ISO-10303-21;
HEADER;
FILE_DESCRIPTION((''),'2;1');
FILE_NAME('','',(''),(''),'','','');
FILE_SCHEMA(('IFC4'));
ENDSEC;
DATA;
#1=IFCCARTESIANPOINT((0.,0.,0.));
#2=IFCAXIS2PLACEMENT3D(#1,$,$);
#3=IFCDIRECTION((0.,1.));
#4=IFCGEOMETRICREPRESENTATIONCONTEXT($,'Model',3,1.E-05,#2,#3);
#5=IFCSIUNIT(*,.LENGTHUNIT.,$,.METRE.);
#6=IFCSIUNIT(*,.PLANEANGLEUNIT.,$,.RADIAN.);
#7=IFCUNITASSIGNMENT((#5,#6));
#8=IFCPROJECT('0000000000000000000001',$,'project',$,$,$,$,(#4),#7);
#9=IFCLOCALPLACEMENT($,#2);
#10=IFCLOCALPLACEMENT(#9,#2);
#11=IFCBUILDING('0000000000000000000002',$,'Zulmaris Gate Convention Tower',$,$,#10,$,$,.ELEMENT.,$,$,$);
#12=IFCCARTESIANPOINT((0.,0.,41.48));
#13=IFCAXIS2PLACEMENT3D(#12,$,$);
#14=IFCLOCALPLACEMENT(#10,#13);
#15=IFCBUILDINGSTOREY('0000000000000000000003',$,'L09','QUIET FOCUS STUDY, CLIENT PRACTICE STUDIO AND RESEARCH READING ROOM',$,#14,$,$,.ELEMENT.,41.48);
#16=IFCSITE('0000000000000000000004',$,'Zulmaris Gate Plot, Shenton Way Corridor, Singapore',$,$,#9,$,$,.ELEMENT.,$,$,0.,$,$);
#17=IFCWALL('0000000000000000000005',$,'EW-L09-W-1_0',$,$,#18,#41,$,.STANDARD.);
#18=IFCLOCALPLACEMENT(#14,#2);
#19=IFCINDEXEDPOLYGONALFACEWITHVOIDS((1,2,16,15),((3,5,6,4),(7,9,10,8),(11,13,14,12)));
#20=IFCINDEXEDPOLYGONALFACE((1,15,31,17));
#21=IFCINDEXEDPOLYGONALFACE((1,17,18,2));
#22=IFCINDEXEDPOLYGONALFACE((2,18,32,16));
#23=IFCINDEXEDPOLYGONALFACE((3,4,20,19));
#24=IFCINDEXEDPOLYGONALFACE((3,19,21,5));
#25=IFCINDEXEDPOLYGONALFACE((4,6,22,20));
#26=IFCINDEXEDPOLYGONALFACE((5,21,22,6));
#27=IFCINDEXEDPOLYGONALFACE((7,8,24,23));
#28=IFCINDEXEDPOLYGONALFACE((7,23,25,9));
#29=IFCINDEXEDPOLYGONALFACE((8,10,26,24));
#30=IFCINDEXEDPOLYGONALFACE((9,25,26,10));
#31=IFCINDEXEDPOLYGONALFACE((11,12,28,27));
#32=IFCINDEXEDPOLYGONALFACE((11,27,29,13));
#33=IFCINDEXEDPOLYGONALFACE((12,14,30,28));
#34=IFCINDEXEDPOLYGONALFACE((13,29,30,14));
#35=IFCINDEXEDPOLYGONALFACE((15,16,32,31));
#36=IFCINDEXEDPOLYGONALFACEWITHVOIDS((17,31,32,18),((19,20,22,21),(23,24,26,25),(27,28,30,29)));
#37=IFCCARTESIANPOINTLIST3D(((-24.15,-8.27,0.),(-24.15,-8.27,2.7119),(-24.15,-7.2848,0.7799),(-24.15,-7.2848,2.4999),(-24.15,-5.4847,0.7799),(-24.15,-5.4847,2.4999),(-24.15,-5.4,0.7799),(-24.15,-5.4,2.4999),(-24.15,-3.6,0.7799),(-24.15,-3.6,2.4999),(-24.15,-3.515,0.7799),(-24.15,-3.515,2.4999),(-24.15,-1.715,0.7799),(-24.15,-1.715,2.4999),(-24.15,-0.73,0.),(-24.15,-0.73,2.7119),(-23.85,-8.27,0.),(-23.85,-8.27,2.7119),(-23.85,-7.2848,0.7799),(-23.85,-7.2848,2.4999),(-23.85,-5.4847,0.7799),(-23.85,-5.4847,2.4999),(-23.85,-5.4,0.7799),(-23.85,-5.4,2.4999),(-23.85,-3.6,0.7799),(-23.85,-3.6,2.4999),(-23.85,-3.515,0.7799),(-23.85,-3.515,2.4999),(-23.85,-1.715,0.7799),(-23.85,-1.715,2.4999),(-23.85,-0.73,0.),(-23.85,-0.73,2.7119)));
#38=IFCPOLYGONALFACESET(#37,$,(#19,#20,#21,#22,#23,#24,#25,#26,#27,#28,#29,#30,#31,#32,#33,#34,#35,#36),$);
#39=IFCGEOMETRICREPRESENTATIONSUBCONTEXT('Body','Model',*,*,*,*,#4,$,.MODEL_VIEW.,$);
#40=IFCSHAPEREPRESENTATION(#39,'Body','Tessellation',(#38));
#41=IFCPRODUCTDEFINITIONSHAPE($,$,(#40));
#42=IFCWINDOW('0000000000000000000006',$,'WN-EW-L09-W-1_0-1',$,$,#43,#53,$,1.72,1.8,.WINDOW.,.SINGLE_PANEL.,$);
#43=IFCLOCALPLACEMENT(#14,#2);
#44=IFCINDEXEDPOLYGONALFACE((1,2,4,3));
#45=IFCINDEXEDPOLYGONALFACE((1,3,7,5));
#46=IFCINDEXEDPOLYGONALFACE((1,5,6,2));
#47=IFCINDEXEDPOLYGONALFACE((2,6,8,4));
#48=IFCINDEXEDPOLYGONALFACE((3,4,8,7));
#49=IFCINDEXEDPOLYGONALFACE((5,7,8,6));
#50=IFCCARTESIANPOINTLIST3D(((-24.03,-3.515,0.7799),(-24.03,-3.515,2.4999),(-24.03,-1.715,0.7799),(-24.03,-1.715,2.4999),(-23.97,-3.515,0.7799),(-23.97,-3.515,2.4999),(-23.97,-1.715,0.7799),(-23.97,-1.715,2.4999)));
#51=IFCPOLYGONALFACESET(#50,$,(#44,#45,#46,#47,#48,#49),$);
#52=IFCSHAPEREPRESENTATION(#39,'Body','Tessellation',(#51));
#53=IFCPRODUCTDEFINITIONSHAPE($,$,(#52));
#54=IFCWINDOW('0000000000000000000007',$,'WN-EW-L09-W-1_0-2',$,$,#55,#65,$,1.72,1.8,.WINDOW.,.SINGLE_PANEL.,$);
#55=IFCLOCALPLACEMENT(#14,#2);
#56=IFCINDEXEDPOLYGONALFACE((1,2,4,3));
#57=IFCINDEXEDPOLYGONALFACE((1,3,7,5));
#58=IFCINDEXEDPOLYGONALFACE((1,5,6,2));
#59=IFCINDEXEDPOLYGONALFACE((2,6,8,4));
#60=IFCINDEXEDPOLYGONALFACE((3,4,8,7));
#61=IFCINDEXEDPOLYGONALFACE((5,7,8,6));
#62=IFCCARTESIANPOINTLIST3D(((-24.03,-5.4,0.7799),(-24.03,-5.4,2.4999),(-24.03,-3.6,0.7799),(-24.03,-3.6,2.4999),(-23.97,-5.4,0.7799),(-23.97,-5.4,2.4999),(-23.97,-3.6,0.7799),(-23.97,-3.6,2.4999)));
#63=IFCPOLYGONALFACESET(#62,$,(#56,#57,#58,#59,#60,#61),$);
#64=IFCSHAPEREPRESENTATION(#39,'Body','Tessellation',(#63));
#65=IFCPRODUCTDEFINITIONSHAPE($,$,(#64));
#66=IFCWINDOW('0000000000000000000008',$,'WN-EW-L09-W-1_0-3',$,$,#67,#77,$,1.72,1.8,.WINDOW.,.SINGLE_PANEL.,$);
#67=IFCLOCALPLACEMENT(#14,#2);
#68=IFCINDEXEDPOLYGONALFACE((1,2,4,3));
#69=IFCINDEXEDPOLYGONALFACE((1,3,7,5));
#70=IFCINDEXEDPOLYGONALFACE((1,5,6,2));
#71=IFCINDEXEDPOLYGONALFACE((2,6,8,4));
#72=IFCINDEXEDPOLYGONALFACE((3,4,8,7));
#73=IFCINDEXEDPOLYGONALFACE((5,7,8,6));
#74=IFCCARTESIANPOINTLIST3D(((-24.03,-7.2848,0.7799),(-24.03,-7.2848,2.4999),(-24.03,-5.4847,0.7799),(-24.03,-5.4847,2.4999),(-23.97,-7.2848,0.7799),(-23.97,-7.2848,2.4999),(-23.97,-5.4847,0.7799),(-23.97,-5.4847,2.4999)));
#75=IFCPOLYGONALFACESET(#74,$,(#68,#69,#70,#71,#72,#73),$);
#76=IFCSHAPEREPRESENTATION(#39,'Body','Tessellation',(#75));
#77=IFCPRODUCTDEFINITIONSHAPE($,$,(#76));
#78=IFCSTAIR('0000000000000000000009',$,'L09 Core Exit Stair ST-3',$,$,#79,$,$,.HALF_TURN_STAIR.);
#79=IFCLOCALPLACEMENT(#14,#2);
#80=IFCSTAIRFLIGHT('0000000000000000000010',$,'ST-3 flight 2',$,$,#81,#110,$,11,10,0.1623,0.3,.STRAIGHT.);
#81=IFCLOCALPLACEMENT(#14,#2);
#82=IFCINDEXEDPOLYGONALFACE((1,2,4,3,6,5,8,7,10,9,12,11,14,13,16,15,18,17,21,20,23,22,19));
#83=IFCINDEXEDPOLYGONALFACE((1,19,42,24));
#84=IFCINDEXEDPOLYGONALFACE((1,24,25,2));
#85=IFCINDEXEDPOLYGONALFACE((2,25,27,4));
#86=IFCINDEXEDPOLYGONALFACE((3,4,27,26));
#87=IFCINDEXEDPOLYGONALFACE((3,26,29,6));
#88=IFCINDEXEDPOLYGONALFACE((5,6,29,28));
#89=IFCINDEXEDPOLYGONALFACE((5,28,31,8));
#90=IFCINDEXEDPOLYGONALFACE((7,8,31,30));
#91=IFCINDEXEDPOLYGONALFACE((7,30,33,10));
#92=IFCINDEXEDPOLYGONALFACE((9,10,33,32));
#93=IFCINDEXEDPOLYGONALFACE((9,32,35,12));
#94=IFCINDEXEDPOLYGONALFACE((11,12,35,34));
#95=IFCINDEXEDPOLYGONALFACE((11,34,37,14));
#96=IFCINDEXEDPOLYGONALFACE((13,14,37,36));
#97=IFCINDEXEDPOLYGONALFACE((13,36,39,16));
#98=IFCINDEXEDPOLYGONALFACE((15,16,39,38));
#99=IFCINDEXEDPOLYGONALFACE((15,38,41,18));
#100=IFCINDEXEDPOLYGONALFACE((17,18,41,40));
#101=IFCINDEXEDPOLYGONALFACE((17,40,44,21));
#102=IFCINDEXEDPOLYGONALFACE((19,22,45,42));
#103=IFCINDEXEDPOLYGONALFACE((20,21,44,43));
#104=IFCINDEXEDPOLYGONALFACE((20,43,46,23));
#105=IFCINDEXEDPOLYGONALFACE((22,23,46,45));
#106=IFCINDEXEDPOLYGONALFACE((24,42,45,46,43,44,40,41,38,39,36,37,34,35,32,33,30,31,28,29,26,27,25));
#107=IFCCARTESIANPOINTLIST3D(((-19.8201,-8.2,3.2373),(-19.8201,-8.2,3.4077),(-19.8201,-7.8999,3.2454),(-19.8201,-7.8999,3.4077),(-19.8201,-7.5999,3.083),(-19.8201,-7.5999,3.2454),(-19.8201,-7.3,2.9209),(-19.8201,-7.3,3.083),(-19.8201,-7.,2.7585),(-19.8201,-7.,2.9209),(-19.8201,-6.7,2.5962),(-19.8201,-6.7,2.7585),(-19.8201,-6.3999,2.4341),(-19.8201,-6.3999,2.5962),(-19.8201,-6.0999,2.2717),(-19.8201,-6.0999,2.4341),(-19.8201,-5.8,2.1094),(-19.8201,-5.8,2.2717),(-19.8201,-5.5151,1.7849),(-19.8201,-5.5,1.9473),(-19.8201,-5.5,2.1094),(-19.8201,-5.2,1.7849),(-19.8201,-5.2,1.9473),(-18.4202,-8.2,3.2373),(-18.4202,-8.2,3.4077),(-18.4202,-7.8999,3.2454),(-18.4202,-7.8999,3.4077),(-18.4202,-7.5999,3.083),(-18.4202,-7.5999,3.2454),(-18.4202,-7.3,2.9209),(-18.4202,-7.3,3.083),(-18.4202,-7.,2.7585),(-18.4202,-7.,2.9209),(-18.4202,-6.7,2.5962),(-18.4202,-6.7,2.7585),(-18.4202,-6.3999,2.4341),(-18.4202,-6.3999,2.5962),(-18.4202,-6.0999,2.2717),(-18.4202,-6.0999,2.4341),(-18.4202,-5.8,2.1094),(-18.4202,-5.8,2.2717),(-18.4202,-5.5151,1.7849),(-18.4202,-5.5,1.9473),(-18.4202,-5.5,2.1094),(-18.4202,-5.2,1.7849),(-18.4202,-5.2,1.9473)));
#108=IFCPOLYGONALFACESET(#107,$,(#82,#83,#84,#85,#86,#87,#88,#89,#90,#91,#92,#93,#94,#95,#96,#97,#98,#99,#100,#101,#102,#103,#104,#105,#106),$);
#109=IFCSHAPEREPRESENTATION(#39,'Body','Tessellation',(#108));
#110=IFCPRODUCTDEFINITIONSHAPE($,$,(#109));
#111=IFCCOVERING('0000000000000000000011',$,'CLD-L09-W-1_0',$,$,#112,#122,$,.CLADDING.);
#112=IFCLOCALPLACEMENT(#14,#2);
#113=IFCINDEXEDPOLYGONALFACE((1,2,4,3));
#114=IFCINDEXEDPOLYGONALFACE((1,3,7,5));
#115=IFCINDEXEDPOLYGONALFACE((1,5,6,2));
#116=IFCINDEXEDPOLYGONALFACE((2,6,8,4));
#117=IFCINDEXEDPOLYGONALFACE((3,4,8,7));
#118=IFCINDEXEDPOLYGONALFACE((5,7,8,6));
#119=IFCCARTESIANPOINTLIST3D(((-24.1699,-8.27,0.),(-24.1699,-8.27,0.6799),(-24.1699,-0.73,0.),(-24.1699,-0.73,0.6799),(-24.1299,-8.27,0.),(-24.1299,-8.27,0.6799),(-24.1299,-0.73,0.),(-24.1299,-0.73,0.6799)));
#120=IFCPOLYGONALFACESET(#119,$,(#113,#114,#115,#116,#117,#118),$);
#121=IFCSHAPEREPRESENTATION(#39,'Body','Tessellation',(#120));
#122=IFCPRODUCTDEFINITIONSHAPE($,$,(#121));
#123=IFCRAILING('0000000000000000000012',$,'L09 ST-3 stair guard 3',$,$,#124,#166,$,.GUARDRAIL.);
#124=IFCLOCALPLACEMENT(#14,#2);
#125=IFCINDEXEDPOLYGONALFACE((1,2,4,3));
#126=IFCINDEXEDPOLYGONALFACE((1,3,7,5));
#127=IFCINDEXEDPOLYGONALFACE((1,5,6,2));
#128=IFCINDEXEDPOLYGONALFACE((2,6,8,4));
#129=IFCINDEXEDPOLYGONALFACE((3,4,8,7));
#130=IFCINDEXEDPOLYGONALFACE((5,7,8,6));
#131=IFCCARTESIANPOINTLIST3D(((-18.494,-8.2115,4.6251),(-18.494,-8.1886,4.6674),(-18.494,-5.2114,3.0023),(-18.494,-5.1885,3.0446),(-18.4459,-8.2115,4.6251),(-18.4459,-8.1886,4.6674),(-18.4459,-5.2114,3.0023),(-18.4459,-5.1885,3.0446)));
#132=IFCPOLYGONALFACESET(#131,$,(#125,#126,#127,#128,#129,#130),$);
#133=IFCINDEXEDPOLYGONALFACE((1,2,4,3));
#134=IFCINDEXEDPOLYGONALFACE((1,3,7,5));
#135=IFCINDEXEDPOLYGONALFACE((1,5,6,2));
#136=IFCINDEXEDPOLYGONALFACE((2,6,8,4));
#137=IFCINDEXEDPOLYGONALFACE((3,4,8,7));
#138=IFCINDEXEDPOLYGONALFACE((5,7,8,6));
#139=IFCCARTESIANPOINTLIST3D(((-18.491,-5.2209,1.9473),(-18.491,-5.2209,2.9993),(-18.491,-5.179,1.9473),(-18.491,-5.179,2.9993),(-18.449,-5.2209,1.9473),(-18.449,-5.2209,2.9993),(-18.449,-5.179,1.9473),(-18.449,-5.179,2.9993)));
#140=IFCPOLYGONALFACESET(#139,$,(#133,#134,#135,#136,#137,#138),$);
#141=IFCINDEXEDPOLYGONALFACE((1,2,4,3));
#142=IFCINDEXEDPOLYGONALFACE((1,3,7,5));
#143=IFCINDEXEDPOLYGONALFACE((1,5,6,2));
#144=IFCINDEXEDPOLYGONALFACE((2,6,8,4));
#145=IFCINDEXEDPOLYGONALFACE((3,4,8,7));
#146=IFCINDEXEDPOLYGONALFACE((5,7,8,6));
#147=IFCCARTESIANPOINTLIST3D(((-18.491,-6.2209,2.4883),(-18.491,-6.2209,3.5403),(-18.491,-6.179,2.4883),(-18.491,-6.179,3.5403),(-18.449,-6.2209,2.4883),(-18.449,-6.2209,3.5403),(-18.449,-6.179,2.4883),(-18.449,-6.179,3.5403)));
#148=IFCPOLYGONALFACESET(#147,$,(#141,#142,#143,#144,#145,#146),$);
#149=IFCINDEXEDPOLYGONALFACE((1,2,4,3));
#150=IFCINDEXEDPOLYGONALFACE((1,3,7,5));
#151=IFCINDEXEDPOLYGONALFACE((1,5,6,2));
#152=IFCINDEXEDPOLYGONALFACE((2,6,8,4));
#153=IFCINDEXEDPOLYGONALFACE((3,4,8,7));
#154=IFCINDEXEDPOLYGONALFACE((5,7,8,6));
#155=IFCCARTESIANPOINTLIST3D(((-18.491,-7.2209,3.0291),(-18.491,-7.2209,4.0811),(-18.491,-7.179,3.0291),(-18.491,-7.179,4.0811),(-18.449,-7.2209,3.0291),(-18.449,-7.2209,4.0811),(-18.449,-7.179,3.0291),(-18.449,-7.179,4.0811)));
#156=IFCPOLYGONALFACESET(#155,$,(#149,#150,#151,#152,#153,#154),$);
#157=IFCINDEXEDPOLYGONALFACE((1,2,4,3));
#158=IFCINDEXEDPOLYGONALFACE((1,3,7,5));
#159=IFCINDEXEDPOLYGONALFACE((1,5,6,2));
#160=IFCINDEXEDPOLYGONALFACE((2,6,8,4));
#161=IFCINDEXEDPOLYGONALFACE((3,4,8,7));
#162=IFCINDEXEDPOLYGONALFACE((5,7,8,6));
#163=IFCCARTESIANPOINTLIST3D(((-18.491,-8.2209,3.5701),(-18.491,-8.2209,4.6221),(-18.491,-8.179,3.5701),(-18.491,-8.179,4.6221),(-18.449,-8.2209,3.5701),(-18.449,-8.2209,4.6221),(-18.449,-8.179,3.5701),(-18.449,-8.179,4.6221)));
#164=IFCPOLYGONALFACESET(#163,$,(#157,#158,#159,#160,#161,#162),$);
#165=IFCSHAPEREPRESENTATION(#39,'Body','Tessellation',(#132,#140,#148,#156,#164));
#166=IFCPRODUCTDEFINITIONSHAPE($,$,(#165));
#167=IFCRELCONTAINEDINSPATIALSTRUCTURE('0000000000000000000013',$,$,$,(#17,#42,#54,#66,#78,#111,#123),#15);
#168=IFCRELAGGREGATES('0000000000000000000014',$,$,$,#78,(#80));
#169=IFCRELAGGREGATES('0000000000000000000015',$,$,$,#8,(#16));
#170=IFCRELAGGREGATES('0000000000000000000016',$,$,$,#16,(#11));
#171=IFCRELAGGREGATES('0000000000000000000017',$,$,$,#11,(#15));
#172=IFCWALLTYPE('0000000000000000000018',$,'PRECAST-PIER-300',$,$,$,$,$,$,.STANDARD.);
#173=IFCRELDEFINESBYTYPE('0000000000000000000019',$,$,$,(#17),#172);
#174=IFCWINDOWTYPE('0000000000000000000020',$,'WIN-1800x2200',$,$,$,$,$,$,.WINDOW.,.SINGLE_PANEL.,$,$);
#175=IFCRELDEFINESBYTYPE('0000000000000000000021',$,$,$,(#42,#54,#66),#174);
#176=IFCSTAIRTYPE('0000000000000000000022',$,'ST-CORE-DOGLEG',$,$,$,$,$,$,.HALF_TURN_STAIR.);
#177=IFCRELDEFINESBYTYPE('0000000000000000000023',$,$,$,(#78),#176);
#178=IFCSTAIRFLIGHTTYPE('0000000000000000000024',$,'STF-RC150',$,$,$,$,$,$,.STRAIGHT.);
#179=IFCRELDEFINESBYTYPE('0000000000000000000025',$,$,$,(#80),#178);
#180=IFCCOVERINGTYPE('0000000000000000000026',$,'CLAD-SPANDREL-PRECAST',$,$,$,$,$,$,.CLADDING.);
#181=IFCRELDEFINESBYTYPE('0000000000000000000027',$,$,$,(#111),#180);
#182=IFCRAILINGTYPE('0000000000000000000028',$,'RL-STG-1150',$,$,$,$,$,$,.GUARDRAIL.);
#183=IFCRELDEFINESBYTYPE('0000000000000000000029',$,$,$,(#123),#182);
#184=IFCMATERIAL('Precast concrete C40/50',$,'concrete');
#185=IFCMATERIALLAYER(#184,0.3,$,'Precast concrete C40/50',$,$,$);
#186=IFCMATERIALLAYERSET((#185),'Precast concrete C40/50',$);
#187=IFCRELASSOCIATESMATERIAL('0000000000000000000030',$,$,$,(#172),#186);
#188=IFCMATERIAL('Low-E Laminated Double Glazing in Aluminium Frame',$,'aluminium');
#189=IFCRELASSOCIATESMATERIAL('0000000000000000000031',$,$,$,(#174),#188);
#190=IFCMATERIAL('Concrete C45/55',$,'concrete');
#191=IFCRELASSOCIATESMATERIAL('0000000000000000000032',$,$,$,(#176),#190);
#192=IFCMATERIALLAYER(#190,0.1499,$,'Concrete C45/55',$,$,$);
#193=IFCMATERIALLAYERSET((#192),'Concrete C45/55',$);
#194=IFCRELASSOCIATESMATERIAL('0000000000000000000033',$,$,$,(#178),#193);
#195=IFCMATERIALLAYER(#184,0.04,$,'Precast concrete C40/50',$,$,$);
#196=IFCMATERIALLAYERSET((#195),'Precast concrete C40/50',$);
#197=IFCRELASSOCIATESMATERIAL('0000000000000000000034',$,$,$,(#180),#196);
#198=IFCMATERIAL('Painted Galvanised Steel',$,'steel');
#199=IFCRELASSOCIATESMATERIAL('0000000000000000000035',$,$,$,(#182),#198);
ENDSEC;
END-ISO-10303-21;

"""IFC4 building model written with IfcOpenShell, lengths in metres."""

from ifc_helpers import new_model, si_unit, direction, frame, frame_2d, origin, origin_2d, place, context, subcontext, project, spatial, polyline, rectangle, outline, extrude, material, layer, layer_set, type_object, element, fill, aggregate, save


model = new_model("IFC4")

# Units and contexts
model_context = context("Model", 3, precision=1e-05, world=origin(), true_north=direction((0.0, 1.0)))
body_context = subcontext(model_context, "Body", "Model", "MODEL_VIEW")
ifc_project = project(units=[si_unit("LENGTHUNIT", "METRE"), si_unit("PLANEANGLEUNIT", "RADIAN")], contexts=[model_context])

# Site, building, storey
site_placement = place(None, origin())
site = spatial("IfcSite", under=ifc_project, at=site_placement, Name="Zulmaris Gate Plot, Shenton Way Corridor, Singapore", CompositionType="ELEMENT", RefElevation=0.0)
building_placement = place(site_placement, origin())
building = spatial("IfcBuilding", under=site, at=building_placement, Name="Zulmaris Gate Convention Tower", CompositionType="ELEMENT")
storey_placement = place(building_placement, frame((0.0, 0.0, 41.48)))
storey = spatial("IfcBuildingStorey", under=building, at=storey_placement, Name="L09", Description="QUIET FOCUS STUDY, CLIENT PRACTICE STUDIO AND RESEARCH READING ROOM", CompositionType="ELEMENT", Elevation=41.48)

# Shared definitions
ifc_material_1 = material(Name="Precast concrete C40/50", Category="concrete")
ifc_layer_1 = layer(ifc_material_1, 0.3, Name="Precast concrete C40/50")
ifc_layer_set_1 = layer_set([ifc_layer_1], Name="Precast concrete C40/50")
wall_type_1 = type_object("IfcWallType", Name="PRECAST-PIER-300", PredefinedType="STANDARD", material=ifc_layer_set_1)

# Wall, openings, windows
wall_1_placement = place(storey_placement, frame((-24.0, -0.73, 0.0), z_axis=(0.0, 0.0, 1.0), x_axis=(0.0, -1.0, 0.0)))
wall_1 = element("IfcWall", 1, at=wall_1_placement, inside=storey, type_object=wall_type_1, Name="EW-L09-W-1_0", PredefinedType="STANDARD", context=body_context, shape_type="SweptSolid", body=[
    extrude(rectangle(XDim=7.54, YDim=0.3, at=frame_2d((3.77, 0.0))), origin(), (0.0, 0.0, 1.0), 2.7119),
])
opening_1_placement = place(wall_1_placement, frame((0.9851, 0.0, 0.78)))
opening_1 = element("IfcOpeningElement", 2, at=opening_1_placement, cuts=wall_1, PredefinedType="OPENING", context=body_context, shape_type="SweptSolid", body=[
    extrude(rectangle(XDim=1.8, YDim=1.72, at=frame_2d((0.8999, 0.8599))), frame((0.0, 0.1602, 0.0), z_axis=(0.0, -1.0, 0.0), x_axis=(1.0, 0.0, 0.0)), (0.0, 0.0, 1.0), 0.3201),
])
opening_2_placement = place(wall_1_placement, frame((2.8701, 0.0, 0.78)))
opening_2 = element("IfcOpeningElement", 3, at=opening_2_placement, cuts=wall_1, PredefinedType="OPENING", context=body_context, shape_type="SweptSolid", body=[
    extrude(rectangle(XDim=1.8, YDim=1.72, at=frame_2d((0.8999, 0.8599))), frame((0.0, 0.1602, 0.0), z_axis=(0.0, -1.0, 0.0), x_axis=(1.0, 0.0, 0.0)), (0.0, 0.0, 1.0), 0.3201),
])
opening_3_placement = place(wall_1_placement, frame((4.7549, 0.0, 0.78)))
opening_3 = element("IfcOpeningElement", 4, at=opening_3_placement, cuts=wall_1, PredefinedType="OPENING", context=body_context, shape_type="SweptSolid", body=[
    extrude(rectangle(XDim=1.8, YDim=1.72, at=frame_2d((0.8999, 0.8599))), frame((0.0, 0.1602, 0.0), z_axis=(0.0, -1.0, 0.0), x_axis=(1.0, 0.0, 0.0)), (0.0, 0.0, 1.0), 0.3201),
])
ifc_material_2 = material(Name="Low-E Laminated Double Glazing in Aluminium Frame", Category="aluminium")
window_type = type_object("IfcWindowType", Name="WIN-1800x2200", PartitioningType="SINGLE_PANEL", PredefinedType="WINDOW", material=ifc_material_2)
window_1_placement = place(opening_1_placement, origin())
window_1 = element("IfcWindow", 5, at=window_1_placement, inside=storey, type_object=window_type, Name="WN-EW-L09-W-1_0-1", OverallHeight=1.72, OverallWidth=1.8, PartitioningType="SINGLE_PANEL", PredefinedType="WINDOW", context=body_context, shape_type="SweptSolid", body=[
    extrude(rectangle(XDim=1.8, YDim=1.72, at=frame_2d((0.8999, 0.8599))), frame((0.0, 0.03, 0.0), z_axis=(0.0, -1.0, 0.0), x_axis=(1.0, 0.0, 0.0)), (0.0, 0.0, 1.0), 0.0601),
])
fill(opening_1, window_1)
window_2_placement = place(opening_2_placement, origin())
window_2 = element("IfcWindow", 6, at=window_2_placement, inside=storey, type_object=window_type, Name="WN-EW-L09-W-1_0-2", OverallHeight=1.72, OverallWidth=1.8, PartitioningType="SINGLE_PANEL", PredefinedType="WINDOW", context=body_context, shape_type="SweptSolid", body=[
    extrude(rectangle(XDim=1.8, YDim=1.72, at=frame_2d((0.8999, 0.8599))), frame((0.0, 0.03, 0.0), z_axis=(0.0, -1.0, 0.0), x_axis=(1.0, 0.0, 0.0)), (0.0, 0.0, 1.0), 0.0601),
])
fill(opening_2, window_2)
window_3_placement = place(opening_3_placement, origin())
window_3 = element("IfcWindow", 7, at=window_3_placement, inside=storey, type_object=window_type, Name="WN-EW-L09-W-1_0-3", OverallHeight=1.72, OverallWidth=1.8, PartitioningType="SINGLE_PANEL", PredefinedType="WINDOW", context=body_context, shape_type="SweptSolid", body=[
    extrude(rectangle(XDim=1.8, YDim=1.72, at=frame_2d((0.8999, 0.8599))), frame((0.0, 0.03, 0.0), z_axis=(0.0, -1.0, 0.0), x_axis=(1.0, 0.0, 0.0)), (0.0, 0.0, 1.0), 0.0601),
])
fill(opening_3, window_3)

# Stair, stair flight
ifc_material_3 = material(Name="Concrete C45/55", Category="concrete")
stair_type = type_object("IfcStairType", Name="ST-CORE-DOGLEG", PredefinedType="HALF_TURN_STAIR", material=ifc_material_3)
stair_placement = place(storey_placement, origin())
stair = element("IfcStair", 8, at=stair_placement, inside=storey, type_object=stair_type, Name="L09 Core Exit Stair ST-3", PredefinedType="HALF_TURN_STAIR")
ifc_layer_2 = layer(ifc_material_3, 0.1499, Name="Concrete C45/55")
ifc_layer_set_2 = layer_set([ifc_layer_2], Name="Concrete C45/55")
stair_flight_type = type_object("IfcStairFlightType", Name="STF-RC150", PredefinedType="STRAIGHT", material=ifc_layer_set_2)
stair_flight_placement = place(storey_placement, frame((-19.1201, -5.2, 1.7849), z_axis=(0.0, 0.0, 1.0), x_axis=(0.0, -1.0, 0.0)))
stair_flight = element("IfcStairFlight", 9, at=stair_flight_placement, type_object=stair_flight_type, Name="ST-3 flight 2", NumberOfRisers=11, NumberOfTreads=10, PredefinedType="STRAIGHT", RiserHeight=0.1623, TreadLength=0.3, context=body_context, shape_type="SweptSolid", body=[
    extrude(outline(polyline([(0.0, 0.0), (0.0, 0.1624), (0.3, 0.1624), (0.3, 0.3245), (0.6001, 0.3245), (0.6001, 0.4868), (0.8999, 0.4868), (0.8999, 0.6492), (1.2, 0.6492), (1.2, 0.8113), (1.5, 0.8113), (1.5, 0.9736), (1.8, 0.9736), (1.8, 1.136), (2.1001, 1.136), (2.1001, 1.2981), (2.3999, 1.2981), (2.3999, 1.4604), (2.7, 1.4604), (2.7, 1.6228), (3.0, 1.6228), (3.0, 1.7849), (3.0, 1.4524), (0.3152, 0.0), (0.0, 0.0)])), frame((0.0, 0.7, 0.0), z_axis=(0.0, -1.0, 0.0), x_axis=(1.0, 0.0, 0.0)), (0.0, 0.0, 1.0), 1.3999),
])
aggregate(stair, [stair_flight])

# Covering
ifc_layer_3 = layer(ifc_material_1, 0.04, Name="Precast concrete C40/50")
ifc_layer_set_3 = layer_set([ifc_layer_3], Name="Precast concrete C40/50")
covering_type = type_object("IfcCoveringType", Name="CLAD-SPANDREL-PRECAST", PredefinedType="CLADDING", material=ifc_layer_set_3)
covering_placement = place(storey_placement, frame((-24.1499, -0.73, 0.0), z_axis=(0.0, 0.0, 1.0), x_axis=(0.0, -1.0, 0.0)))
element("IfcCovering", 10, at=covering_placement, inside=storey, type_object=covering_type, Name="CLD-L09-W-1_0", PredefinedType="CLADDING", context=body_context, shape_type="SweptSolid", body=[
    extrude(rectangle(XDim=7.54, YDim=0.04, at=frame_2d((3.77, 0.0))), origin(), (0.0, 0.0, 1.0), 0.6799),
])

# Railing
ifc_material_4 = material(Name="Painted Galvanised Steel", Category="steel")
railing_type_1 = type_object("IfcRailingType", Name="RL-STG-1150", PredefinedType="GUARDRAIL", material=ifc_material_4)
railing_1_placement = place(storey_placement, frame((-18.47, -5.2, 1.9473)))
element("IfcRailing", 11, at=railing_1_placement, inside=storey, type_object=railing_type_1, Name="L09 ST-3 stair guard 3", PredefinedType="GUARDRAIL", context=body_context, shape_type="SweptSolid", body=[
    extrude(rectangle(XDim=0.0481, YDim=0.0481, at=origin_2d()), frame((0.0, 0.0, 1.0762), z_axis=(0.0, -0.879562, 0.475785), x_axis=(1.0, 0.0, 0.0)), (0.0, 0.0, 1.0), 3.4109),
    extrude(rectangle(XDim=0.042, YDim=0.042, at=origin_2d()), origin(), (0.0, 0.0, 1.0), 1.052),
    extrude(rectangle(XDim=0.042, YDim=0.042, at=origin_2d()), frame((0.0, -1.0, 0.541)), (0.0, 0.0, 1.0), 1.052),
    extrude(rectangle(XDim=0.042, YDim=0.042, at=origin_2d()), frame((0.0, -2.0, 1.0818)), (0.0, 0.0, 1.0), 1.052),
    extrude(rectangle(XDim=0.042, YDim=0.042, at=origin_2d()), frame((0.0, -3.0, 1.6228)), (0.0, 0.0, 1.0), 1.052),
])

save(model, "model.ifc")
